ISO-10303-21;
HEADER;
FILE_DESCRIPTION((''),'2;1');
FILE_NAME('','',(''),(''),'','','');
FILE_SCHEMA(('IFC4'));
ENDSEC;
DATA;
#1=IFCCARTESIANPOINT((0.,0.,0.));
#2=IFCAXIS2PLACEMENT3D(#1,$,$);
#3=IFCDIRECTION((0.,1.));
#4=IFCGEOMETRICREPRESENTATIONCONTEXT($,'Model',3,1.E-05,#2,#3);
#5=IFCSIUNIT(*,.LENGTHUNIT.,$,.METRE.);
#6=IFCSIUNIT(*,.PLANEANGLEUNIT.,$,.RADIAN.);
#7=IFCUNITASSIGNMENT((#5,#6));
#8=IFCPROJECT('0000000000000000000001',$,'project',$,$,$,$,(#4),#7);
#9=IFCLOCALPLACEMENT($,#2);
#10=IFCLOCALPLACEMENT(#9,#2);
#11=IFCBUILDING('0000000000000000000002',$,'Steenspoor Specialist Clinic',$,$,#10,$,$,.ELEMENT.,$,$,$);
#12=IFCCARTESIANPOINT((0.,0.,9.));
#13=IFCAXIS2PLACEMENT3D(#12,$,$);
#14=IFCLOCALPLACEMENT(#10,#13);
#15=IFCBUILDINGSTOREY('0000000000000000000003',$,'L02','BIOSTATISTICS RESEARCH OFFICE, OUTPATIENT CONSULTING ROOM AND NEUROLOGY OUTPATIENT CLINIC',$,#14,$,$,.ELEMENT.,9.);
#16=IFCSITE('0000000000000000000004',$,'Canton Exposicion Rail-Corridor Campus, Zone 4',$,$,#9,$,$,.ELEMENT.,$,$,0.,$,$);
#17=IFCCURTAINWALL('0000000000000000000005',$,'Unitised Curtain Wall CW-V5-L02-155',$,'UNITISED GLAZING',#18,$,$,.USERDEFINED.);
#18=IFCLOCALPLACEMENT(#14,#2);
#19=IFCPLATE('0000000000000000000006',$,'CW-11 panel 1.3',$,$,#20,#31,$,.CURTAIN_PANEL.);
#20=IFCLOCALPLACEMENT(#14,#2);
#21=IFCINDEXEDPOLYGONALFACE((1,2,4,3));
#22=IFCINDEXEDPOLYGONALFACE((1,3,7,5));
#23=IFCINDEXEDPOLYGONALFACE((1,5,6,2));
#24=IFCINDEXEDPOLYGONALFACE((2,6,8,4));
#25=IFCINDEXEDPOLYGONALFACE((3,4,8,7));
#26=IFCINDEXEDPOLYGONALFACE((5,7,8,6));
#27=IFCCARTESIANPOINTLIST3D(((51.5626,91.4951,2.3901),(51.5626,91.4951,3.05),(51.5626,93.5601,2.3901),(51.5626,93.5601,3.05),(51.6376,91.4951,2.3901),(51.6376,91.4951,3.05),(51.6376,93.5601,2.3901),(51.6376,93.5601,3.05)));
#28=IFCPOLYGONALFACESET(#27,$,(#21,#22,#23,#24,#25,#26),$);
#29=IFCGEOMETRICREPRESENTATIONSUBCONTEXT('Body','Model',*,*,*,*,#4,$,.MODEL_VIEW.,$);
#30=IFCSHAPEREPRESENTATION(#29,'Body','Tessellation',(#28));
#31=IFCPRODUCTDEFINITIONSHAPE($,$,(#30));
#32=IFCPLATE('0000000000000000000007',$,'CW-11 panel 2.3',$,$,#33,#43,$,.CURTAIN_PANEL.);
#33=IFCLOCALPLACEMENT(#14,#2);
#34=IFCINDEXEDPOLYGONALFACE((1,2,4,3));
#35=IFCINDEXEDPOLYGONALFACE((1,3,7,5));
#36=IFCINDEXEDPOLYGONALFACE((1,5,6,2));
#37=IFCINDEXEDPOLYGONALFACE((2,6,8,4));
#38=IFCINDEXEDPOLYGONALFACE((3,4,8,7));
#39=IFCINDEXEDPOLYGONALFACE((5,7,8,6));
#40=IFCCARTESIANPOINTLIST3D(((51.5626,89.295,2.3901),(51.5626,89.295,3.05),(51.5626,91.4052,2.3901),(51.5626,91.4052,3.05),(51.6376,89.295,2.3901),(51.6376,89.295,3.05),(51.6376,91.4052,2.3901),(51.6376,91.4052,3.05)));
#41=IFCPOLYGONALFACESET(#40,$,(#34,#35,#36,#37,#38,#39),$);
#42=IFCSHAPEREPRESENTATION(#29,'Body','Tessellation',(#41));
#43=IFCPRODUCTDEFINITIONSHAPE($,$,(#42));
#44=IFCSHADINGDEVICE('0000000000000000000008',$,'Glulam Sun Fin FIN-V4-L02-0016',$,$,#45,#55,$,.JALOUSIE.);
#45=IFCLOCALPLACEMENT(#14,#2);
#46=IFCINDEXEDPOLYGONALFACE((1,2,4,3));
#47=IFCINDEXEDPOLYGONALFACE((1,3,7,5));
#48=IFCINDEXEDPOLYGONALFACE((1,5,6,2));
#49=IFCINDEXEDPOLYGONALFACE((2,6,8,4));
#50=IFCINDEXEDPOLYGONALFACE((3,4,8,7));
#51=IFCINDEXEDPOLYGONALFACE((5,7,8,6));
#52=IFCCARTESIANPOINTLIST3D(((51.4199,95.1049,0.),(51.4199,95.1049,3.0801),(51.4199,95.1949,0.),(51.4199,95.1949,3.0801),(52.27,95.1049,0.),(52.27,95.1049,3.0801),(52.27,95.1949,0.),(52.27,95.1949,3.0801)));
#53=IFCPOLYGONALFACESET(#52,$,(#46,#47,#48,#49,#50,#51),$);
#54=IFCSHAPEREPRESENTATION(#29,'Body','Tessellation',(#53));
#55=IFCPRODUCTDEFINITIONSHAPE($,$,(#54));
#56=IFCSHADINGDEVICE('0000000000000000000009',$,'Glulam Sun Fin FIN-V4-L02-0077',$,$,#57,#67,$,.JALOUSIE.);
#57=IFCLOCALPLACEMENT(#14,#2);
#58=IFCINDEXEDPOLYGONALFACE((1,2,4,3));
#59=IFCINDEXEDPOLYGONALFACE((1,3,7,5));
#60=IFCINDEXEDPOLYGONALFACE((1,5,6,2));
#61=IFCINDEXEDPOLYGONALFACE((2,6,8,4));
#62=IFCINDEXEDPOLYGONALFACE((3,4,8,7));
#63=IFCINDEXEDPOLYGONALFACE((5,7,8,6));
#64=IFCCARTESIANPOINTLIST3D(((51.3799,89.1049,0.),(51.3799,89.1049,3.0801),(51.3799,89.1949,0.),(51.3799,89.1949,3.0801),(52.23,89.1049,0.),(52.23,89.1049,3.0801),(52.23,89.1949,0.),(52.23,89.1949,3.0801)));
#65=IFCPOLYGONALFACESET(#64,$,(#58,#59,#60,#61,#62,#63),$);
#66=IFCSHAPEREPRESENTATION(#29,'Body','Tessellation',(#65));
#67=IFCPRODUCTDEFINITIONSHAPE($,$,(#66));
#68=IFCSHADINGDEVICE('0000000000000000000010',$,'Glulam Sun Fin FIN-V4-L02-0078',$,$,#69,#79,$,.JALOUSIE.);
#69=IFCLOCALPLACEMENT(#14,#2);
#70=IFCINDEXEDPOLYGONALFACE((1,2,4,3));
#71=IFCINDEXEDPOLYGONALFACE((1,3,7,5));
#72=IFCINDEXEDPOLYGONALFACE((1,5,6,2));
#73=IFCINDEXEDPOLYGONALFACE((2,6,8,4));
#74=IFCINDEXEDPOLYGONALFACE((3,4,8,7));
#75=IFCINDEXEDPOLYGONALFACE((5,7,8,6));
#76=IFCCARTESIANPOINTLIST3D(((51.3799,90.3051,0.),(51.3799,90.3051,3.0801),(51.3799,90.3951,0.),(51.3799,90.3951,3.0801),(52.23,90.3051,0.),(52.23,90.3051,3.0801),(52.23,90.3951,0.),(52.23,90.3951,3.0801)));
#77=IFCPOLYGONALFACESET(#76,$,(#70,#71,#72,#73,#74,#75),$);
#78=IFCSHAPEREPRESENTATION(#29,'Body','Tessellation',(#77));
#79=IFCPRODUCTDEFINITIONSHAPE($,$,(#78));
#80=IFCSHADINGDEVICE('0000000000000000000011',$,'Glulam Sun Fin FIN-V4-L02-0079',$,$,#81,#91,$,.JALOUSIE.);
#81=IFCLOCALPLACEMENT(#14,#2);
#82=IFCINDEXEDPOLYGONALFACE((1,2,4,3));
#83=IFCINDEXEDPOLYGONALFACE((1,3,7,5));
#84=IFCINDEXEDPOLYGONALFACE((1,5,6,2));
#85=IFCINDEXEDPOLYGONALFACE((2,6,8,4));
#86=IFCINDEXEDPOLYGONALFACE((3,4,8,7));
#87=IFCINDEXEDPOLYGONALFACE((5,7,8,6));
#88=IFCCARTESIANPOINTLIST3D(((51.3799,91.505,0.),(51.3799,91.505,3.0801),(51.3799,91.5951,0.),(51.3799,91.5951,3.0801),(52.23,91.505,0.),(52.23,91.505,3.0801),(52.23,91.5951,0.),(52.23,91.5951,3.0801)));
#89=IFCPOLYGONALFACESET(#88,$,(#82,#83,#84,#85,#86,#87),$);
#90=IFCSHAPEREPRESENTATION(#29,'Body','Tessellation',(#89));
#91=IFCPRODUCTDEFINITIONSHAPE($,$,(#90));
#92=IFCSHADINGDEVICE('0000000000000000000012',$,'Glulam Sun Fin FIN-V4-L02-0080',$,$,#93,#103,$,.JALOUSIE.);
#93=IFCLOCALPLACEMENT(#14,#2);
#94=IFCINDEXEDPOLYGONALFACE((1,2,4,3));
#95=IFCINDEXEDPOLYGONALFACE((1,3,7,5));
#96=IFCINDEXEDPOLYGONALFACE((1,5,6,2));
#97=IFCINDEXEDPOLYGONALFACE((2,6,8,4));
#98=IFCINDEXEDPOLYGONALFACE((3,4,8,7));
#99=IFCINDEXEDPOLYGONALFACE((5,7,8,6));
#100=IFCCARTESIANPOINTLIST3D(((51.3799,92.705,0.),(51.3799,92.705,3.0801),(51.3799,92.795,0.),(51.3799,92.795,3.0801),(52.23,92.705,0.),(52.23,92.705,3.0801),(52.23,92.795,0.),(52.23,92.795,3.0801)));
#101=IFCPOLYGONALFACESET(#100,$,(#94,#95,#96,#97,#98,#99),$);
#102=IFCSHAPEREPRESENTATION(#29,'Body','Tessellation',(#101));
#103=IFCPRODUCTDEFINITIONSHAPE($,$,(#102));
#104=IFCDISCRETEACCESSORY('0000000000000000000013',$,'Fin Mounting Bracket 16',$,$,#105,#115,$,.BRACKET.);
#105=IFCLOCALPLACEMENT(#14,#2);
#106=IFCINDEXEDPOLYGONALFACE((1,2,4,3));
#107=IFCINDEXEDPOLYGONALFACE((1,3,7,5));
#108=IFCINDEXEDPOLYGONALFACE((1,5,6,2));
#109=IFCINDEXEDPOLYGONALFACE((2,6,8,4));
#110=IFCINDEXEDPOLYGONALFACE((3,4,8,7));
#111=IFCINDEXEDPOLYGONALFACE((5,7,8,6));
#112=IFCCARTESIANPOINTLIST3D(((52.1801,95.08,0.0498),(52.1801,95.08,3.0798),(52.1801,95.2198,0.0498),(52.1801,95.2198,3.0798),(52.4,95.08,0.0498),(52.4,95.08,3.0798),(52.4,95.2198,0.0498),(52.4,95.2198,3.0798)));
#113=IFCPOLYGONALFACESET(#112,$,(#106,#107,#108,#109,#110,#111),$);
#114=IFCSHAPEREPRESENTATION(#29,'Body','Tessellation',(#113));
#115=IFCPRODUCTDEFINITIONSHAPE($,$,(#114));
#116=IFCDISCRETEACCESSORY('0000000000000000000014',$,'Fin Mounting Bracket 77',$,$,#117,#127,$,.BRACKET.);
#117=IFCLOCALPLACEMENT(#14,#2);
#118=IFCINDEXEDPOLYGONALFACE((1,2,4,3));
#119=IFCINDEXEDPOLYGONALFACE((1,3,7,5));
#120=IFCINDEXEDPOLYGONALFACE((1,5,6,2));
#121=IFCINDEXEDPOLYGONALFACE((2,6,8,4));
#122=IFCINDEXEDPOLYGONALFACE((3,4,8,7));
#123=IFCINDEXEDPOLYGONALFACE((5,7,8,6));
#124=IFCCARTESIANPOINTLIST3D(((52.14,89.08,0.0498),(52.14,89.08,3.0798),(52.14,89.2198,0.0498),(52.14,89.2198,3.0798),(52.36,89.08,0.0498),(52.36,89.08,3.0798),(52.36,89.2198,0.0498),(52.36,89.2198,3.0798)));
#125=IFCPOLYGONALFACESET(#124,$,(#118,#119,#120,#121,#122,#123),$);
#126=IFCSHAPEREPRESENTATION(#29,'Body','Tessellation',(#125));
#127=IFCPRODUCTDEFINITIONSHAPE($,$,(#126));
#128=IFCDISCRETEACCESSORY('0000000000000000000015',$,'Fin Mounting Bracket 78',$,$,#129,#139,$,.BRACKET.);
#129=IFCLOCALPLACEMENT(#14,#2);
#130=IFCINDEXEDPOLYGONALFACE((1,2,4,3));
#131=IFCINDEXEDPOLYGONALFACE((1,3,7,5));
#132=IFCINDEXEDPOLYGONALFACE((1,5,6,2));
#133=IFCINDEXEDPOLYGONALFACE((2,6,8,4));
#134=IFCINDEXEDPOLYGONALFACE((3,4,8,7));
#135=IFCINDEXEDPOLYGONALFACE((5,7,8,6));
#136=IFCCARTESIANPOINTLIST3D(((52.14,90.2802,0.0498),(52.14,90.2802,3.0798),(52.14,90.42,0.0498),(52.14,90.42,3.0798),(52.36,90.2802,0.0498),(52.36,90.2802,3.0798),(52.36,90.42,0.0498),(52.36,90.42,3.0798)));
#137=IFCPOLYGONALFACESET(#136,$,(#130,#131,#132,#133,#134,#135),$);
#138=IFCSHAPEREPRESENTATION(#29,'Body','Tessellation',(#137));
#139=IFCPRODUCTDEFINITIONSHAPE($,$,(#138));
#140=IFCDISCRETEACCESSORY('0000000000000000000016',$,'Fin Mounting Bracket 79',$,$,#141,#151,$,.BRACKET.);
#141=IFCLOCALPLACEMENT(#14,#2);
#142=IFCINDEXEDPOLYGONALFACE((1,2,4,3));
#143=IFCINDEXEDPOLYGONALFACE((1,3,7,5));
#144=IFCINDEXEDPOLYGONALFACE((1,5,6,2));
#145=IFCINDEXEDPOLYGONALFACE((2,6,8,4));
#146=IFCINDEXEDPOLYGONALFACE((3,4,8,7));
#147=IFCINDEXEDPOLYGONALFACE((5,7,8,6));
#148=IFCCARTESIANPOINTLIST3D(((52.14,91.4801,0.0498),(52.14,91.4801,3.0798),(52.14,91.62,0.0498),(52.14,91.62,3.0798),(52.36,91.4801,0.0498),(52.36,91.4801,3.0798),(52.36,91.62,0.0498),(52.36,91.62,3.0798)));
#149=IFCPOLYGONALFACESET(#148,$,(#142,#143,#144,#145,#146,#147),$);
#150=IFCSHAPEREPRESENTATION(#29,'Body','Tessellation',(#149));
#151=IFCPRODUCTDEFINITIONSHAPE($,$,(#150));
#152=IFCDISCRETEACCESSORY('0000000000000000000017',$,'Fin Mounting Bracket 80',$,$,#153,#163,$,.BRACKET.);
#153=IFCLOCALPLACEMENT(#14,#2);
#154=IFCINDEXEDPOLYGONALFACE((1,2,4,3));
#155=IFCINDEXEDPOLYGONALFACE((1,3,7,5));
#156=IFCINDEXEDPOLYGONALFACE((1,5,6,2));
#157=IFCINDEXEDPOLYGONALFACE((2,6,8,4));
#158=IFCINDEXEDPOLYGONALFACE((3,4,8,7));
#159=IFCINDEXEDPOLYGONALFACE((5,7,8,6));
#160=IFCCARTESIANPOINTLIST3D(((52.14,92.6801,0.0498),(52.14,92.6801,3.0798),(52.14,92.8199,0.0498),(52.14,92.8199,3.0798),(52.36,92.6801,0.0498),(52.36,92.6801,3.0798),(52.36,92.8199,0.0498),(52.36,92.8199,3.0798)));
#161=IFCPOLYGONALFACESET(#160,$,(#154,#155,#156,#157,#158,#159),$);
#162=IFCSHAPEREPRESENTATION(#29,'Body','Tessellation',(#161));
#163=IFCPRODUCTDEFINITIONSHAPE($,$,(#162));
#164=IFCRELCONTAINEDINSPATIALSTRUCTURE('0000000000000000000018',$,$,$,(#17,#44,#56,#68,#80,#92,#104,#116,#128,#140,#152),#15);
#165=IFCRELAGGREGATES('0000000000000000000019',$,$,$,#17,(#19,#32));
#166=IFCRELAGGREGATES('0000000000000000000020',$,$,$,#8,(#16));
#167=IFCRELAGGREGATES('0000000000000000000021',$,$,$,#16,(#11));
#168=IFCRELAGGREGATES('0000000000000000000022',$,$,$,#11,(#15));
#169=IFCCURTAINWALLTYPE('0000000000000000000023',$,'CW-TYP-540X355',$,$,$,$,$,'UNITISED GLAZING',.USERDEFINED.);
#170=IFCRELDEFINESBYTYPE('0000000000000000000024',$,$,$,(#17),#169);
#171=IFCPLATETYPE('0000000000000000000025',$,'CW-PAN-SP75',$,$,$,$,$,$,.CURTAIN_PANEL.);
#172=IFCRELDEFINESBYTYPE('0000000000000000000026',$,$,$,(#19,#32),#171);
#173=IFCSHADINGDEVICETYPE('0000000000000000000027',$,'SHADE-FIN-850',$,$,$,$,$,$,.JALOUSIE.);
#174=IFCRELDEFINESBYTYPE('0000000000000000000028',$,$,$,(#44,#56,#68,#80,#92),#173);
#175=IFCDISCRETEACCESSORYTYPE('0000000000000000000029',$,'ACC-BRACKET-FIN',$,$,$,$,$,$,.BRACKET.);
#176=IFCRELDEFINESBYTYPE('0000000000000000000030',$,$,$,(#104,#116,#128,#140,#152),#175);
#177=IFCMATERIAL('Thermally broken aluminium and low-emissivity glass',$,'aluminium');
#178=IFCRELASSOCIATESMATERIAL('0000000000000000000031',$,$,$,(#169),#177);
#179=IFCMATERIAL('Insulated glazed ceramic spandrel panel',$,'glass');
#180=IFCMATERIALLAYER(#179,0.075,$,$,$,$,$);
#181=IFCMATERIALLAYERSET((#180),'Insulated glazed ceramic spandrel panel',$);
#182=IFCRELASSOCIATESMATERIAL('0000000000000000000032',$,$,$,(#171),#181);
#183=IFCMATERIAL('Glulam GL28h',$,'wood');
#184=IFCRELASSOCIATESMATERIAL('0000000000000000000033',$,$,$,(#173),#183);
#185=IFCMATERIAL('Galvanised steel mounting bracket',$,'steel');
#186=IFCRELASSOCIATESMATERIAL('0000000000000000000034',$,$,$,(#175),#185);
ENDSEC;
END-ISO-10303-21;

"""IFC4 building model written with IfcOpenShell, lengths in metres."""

from ifc_helpers import new_model, si_unit, direction, frame, origin, origin_2d, place, context, subcontext, project, spatial, rectangle, extrude, material, layer, layer_set, material_profile, profile_set, type_object, element, aggregate, save


model = new_model("IFC4")

# Units and contexts
model_context = context("Model", 3, precision=1e-05, world=origin(), true_north=direction((0.0, 1.0)))
body_context = subcontext(model_context, "Body", "Model", "MODEL_VIEW")
ifc_project = project(units=[si_unit("LENGTHUNIT", "METRE"), si_unit("PLANEANGLEUNIT", "RADIAN")], contexts=[model_context])

# Site, building, storey
site_placement = place(None, origin())
site = spatial("IfcSite", under=ifc_project, at=site_placement, Name="Canton Exposicion Rail-Corridor Campus, Zone 4", CompositionType="ELEMENT", RefElevation=0.0)
building_placement = place(site_placement, origin())
building = spatial("IfcBuilding", under=site, at=building_placement, Name="Steenspoor Specialist Clinic", CompositionType="ELEMENT")
storey_placement = place(building_placement, frame((0.0, 0.0, 9.0)))
storey = spatial("IfcBuildingStorey", under=building, at=storey_placement, Name="L02", Description="BIOSTATISTICS RESEARCH OFFICE, OUTPATIENT CONSULTING ROOM AND NEUROLOGY OUTPATIENT CLINIC", CompositionType="ELEMENT", Elevation=9.0)

# Curtain wall
ifc_material_1 = material(Name="Thermally broken aluminium and low-emissivity glass", Category="aluminium")
curtain_wall_type = type_object("IfcCurtainWallType", Name="CW-TYP-540X355", ElementType="UNITISED GLAZING", PredefinedType="USERDEFINED", material=ifc_material_1)
curtain_wall_placement = place(storey_placement, origin())
curtain_wall = element("IfcCurtainWall", 1, at=curtain_wall_placement, inside=storey, type_object=curtain_wall_type, Name="Unitised Curtain Wall CW-V5-L02-155", ObjectType="UNITISED GLAZING", PredefinedType="USERDEFINED")

# Plates
ifc_material_2 = material(Name="Insulated glazed ceramic spandrel panel", Category="glass")
ifc_layer = layer(ifc_material_2, 0.075)
ifc_layer_set = layer_set([ifc_layer], Name="Insulated glazed ceramic spandrel panel")
plate_type = type_object("IfcPlateType", Name="CW-PAN-SP75", PredefinedType="CURTAIN_PANEL", material=ifc_layer_set)
plate_1_placement = place(storey_placement, frame((51.6001, 92.5276, 2.3901), z_axis=(0.0, 0.0, 1.0), x_axis=(0.0, -1.0, 0.0)))
plate_1 = element("IfcPlate", 2, at=plate_1_placement, type_object=plate_type, Name="CW-11 panel 1.3", PredefinedType="CURTAIN_PANEL", context=body_context, shape_type="SweptSolid", body=[
    extrude(rectangle(XDim=2.0649, YDim=0.075, at=origin_2d()), origin(), (0.0, 0.0, 1.0), 0.6599),
])
plate_2_placement = place(storey_placement, frame((51.6001, 90.3501, 2.3901), z_axis=(0.0, 0.0, 1.0), x_axis=(0.0, -1.0, 0.0)))
plate_2 = element("IfcPlate", 3, at=plate_2_placement, type_object=plate_type, Name="CW-11 panel 2.3", PredefinedType="CURTAIN_PANEL", context=body_context, shape_type="SweptSolid", body=[
    extrude(rectangle(XDim=2.1101, YDim=0.075, at=origin_2d()), origin(), (0.0, 0.0, 1.0), 0.6599),
])
aggregate(curtain_wall, [plate_1, plate_2])

# Shading devices
ifc_material_3 = material(Name="Glulam GL28h", Category="wood")
ifc_material_profile_1 = material_profile(ifc_material_3, rectangle(XDim=0.0901, YDim=0.8501, at=origin_2d()), Name="GL28H-90X850")
ifc_profile_set_1 = profile_set([ifc_material_profile_1], Name="Glulam GL28h")
shading_device_type = type_object("IfcShadingDeviceType", Name="SHADE-FIN-850", PredefinedType="JALOUSIE", material=ifc_profile_set_1)
for number, where, z_axis, x_axis, name in (
    (4, (51.845, 95.1499, 0.0), (0.0, 0.0, 1.0), (0.0, 1.0, 0.0), "Glulam Sun Fin FIN-V4-L02-0016"),
    (5, (51.8049, 89.1499, 0.0), (0.0, 0.0, 1.0), (0.0, 1.0, 0.0), "Glulam Sun Fin FIN-V4-L02-0077"),
    (6, (51.8049, 90.3501, 0.0), (0.0, 0.0, 1.0), (0.0, 1.0, 0.0), "Glulam Sun Fin FIN-V4-L02-0078"),
    (7, (51.8049, 91.55, 0.0), (0.0, 0.0, 1.0), (0.0, 1.0, 0.0), "Glulam Sun Fin FIN-V4-L02-0079"),
    (8, (51.8049, 92.75, 0.0), (0.0, 0.0, 1.0), (0.0, 1.0, 0.0), "Glulam Sun Fin FIN-V4-L02-0080"),
):
    element("IfcShadingDevice", number, at=place(storey_placement, frame(where, z_axis=z_axis, x_axis=x_axis)), inside=storey, type_object=shading_device_type, Name=name, PredefinedType="JALOUSIE", context=body_context, shape_type="SweptSolid", body=[
        extrude(rectangle(XDim=0.0901, YDim=0.8501, at=origin_2d()), origin(), (0.0, 0.0, 1.0), 3.0801),
    ])

# Discrete accessories
ifc_material_4 = material(Name="Galvanised steel mounting bracket", Category="steel")
discrete_accessory_type = type_object("IfcDiscreteAccessoryType", Name="ACC-BRACKET-FIN", PredefinedType="BRACKET", material=ifc_material_4)
for number, where, z_axis, x_axis, name in (
    (9, (52.29, 95.1499, 0.0498), (0.0, 0.0, 1.0), (-1.0, 0.0, 0.0), "Fin Mounting Bracket 16"),
    (10, (52.25, 89.1499, 0.0498), (0.0, 0.0, 1.0), (-1.0, 0.0, 0.0), "Fin Mounting Bracket 77"),
    (11, (52.25, 90.3501, 0.0498), (0.0, 0.0, 1.0), (-1.0, 0.0, 0.0), "Fin Mounting Bracket 78"),
    (12, (52.25, 91.55, 0.0498), (0.0, 0.0, 1.0), (-1.0, 0.0, 0.0), "Fin Mounting Bracket 79"),
    (13, (52.25, 92.75, 0.0498), (0.0, 0.0, 1.0), (-1.0, 0.0, 0.0), "Fin Mounting Bracket 80"),
):
    element("IfcDiscreteAccessory", number, at=place(storey_placement, frame(where, z_axis=z_axis, x_axis=x_axis)), inside=storey, type_object=discrete_accessory_type, Name=name, PredefinedType="BRACKET", context=body_context, shape_type="SweptSolid", body=[
        extrude(rectangle(XDim=0.22, YDim=0.1399, at=origin_2d()), origin(), (0.0, 0.0, 1.0), 3.03),
    ])

save(model, "model.ifc")
